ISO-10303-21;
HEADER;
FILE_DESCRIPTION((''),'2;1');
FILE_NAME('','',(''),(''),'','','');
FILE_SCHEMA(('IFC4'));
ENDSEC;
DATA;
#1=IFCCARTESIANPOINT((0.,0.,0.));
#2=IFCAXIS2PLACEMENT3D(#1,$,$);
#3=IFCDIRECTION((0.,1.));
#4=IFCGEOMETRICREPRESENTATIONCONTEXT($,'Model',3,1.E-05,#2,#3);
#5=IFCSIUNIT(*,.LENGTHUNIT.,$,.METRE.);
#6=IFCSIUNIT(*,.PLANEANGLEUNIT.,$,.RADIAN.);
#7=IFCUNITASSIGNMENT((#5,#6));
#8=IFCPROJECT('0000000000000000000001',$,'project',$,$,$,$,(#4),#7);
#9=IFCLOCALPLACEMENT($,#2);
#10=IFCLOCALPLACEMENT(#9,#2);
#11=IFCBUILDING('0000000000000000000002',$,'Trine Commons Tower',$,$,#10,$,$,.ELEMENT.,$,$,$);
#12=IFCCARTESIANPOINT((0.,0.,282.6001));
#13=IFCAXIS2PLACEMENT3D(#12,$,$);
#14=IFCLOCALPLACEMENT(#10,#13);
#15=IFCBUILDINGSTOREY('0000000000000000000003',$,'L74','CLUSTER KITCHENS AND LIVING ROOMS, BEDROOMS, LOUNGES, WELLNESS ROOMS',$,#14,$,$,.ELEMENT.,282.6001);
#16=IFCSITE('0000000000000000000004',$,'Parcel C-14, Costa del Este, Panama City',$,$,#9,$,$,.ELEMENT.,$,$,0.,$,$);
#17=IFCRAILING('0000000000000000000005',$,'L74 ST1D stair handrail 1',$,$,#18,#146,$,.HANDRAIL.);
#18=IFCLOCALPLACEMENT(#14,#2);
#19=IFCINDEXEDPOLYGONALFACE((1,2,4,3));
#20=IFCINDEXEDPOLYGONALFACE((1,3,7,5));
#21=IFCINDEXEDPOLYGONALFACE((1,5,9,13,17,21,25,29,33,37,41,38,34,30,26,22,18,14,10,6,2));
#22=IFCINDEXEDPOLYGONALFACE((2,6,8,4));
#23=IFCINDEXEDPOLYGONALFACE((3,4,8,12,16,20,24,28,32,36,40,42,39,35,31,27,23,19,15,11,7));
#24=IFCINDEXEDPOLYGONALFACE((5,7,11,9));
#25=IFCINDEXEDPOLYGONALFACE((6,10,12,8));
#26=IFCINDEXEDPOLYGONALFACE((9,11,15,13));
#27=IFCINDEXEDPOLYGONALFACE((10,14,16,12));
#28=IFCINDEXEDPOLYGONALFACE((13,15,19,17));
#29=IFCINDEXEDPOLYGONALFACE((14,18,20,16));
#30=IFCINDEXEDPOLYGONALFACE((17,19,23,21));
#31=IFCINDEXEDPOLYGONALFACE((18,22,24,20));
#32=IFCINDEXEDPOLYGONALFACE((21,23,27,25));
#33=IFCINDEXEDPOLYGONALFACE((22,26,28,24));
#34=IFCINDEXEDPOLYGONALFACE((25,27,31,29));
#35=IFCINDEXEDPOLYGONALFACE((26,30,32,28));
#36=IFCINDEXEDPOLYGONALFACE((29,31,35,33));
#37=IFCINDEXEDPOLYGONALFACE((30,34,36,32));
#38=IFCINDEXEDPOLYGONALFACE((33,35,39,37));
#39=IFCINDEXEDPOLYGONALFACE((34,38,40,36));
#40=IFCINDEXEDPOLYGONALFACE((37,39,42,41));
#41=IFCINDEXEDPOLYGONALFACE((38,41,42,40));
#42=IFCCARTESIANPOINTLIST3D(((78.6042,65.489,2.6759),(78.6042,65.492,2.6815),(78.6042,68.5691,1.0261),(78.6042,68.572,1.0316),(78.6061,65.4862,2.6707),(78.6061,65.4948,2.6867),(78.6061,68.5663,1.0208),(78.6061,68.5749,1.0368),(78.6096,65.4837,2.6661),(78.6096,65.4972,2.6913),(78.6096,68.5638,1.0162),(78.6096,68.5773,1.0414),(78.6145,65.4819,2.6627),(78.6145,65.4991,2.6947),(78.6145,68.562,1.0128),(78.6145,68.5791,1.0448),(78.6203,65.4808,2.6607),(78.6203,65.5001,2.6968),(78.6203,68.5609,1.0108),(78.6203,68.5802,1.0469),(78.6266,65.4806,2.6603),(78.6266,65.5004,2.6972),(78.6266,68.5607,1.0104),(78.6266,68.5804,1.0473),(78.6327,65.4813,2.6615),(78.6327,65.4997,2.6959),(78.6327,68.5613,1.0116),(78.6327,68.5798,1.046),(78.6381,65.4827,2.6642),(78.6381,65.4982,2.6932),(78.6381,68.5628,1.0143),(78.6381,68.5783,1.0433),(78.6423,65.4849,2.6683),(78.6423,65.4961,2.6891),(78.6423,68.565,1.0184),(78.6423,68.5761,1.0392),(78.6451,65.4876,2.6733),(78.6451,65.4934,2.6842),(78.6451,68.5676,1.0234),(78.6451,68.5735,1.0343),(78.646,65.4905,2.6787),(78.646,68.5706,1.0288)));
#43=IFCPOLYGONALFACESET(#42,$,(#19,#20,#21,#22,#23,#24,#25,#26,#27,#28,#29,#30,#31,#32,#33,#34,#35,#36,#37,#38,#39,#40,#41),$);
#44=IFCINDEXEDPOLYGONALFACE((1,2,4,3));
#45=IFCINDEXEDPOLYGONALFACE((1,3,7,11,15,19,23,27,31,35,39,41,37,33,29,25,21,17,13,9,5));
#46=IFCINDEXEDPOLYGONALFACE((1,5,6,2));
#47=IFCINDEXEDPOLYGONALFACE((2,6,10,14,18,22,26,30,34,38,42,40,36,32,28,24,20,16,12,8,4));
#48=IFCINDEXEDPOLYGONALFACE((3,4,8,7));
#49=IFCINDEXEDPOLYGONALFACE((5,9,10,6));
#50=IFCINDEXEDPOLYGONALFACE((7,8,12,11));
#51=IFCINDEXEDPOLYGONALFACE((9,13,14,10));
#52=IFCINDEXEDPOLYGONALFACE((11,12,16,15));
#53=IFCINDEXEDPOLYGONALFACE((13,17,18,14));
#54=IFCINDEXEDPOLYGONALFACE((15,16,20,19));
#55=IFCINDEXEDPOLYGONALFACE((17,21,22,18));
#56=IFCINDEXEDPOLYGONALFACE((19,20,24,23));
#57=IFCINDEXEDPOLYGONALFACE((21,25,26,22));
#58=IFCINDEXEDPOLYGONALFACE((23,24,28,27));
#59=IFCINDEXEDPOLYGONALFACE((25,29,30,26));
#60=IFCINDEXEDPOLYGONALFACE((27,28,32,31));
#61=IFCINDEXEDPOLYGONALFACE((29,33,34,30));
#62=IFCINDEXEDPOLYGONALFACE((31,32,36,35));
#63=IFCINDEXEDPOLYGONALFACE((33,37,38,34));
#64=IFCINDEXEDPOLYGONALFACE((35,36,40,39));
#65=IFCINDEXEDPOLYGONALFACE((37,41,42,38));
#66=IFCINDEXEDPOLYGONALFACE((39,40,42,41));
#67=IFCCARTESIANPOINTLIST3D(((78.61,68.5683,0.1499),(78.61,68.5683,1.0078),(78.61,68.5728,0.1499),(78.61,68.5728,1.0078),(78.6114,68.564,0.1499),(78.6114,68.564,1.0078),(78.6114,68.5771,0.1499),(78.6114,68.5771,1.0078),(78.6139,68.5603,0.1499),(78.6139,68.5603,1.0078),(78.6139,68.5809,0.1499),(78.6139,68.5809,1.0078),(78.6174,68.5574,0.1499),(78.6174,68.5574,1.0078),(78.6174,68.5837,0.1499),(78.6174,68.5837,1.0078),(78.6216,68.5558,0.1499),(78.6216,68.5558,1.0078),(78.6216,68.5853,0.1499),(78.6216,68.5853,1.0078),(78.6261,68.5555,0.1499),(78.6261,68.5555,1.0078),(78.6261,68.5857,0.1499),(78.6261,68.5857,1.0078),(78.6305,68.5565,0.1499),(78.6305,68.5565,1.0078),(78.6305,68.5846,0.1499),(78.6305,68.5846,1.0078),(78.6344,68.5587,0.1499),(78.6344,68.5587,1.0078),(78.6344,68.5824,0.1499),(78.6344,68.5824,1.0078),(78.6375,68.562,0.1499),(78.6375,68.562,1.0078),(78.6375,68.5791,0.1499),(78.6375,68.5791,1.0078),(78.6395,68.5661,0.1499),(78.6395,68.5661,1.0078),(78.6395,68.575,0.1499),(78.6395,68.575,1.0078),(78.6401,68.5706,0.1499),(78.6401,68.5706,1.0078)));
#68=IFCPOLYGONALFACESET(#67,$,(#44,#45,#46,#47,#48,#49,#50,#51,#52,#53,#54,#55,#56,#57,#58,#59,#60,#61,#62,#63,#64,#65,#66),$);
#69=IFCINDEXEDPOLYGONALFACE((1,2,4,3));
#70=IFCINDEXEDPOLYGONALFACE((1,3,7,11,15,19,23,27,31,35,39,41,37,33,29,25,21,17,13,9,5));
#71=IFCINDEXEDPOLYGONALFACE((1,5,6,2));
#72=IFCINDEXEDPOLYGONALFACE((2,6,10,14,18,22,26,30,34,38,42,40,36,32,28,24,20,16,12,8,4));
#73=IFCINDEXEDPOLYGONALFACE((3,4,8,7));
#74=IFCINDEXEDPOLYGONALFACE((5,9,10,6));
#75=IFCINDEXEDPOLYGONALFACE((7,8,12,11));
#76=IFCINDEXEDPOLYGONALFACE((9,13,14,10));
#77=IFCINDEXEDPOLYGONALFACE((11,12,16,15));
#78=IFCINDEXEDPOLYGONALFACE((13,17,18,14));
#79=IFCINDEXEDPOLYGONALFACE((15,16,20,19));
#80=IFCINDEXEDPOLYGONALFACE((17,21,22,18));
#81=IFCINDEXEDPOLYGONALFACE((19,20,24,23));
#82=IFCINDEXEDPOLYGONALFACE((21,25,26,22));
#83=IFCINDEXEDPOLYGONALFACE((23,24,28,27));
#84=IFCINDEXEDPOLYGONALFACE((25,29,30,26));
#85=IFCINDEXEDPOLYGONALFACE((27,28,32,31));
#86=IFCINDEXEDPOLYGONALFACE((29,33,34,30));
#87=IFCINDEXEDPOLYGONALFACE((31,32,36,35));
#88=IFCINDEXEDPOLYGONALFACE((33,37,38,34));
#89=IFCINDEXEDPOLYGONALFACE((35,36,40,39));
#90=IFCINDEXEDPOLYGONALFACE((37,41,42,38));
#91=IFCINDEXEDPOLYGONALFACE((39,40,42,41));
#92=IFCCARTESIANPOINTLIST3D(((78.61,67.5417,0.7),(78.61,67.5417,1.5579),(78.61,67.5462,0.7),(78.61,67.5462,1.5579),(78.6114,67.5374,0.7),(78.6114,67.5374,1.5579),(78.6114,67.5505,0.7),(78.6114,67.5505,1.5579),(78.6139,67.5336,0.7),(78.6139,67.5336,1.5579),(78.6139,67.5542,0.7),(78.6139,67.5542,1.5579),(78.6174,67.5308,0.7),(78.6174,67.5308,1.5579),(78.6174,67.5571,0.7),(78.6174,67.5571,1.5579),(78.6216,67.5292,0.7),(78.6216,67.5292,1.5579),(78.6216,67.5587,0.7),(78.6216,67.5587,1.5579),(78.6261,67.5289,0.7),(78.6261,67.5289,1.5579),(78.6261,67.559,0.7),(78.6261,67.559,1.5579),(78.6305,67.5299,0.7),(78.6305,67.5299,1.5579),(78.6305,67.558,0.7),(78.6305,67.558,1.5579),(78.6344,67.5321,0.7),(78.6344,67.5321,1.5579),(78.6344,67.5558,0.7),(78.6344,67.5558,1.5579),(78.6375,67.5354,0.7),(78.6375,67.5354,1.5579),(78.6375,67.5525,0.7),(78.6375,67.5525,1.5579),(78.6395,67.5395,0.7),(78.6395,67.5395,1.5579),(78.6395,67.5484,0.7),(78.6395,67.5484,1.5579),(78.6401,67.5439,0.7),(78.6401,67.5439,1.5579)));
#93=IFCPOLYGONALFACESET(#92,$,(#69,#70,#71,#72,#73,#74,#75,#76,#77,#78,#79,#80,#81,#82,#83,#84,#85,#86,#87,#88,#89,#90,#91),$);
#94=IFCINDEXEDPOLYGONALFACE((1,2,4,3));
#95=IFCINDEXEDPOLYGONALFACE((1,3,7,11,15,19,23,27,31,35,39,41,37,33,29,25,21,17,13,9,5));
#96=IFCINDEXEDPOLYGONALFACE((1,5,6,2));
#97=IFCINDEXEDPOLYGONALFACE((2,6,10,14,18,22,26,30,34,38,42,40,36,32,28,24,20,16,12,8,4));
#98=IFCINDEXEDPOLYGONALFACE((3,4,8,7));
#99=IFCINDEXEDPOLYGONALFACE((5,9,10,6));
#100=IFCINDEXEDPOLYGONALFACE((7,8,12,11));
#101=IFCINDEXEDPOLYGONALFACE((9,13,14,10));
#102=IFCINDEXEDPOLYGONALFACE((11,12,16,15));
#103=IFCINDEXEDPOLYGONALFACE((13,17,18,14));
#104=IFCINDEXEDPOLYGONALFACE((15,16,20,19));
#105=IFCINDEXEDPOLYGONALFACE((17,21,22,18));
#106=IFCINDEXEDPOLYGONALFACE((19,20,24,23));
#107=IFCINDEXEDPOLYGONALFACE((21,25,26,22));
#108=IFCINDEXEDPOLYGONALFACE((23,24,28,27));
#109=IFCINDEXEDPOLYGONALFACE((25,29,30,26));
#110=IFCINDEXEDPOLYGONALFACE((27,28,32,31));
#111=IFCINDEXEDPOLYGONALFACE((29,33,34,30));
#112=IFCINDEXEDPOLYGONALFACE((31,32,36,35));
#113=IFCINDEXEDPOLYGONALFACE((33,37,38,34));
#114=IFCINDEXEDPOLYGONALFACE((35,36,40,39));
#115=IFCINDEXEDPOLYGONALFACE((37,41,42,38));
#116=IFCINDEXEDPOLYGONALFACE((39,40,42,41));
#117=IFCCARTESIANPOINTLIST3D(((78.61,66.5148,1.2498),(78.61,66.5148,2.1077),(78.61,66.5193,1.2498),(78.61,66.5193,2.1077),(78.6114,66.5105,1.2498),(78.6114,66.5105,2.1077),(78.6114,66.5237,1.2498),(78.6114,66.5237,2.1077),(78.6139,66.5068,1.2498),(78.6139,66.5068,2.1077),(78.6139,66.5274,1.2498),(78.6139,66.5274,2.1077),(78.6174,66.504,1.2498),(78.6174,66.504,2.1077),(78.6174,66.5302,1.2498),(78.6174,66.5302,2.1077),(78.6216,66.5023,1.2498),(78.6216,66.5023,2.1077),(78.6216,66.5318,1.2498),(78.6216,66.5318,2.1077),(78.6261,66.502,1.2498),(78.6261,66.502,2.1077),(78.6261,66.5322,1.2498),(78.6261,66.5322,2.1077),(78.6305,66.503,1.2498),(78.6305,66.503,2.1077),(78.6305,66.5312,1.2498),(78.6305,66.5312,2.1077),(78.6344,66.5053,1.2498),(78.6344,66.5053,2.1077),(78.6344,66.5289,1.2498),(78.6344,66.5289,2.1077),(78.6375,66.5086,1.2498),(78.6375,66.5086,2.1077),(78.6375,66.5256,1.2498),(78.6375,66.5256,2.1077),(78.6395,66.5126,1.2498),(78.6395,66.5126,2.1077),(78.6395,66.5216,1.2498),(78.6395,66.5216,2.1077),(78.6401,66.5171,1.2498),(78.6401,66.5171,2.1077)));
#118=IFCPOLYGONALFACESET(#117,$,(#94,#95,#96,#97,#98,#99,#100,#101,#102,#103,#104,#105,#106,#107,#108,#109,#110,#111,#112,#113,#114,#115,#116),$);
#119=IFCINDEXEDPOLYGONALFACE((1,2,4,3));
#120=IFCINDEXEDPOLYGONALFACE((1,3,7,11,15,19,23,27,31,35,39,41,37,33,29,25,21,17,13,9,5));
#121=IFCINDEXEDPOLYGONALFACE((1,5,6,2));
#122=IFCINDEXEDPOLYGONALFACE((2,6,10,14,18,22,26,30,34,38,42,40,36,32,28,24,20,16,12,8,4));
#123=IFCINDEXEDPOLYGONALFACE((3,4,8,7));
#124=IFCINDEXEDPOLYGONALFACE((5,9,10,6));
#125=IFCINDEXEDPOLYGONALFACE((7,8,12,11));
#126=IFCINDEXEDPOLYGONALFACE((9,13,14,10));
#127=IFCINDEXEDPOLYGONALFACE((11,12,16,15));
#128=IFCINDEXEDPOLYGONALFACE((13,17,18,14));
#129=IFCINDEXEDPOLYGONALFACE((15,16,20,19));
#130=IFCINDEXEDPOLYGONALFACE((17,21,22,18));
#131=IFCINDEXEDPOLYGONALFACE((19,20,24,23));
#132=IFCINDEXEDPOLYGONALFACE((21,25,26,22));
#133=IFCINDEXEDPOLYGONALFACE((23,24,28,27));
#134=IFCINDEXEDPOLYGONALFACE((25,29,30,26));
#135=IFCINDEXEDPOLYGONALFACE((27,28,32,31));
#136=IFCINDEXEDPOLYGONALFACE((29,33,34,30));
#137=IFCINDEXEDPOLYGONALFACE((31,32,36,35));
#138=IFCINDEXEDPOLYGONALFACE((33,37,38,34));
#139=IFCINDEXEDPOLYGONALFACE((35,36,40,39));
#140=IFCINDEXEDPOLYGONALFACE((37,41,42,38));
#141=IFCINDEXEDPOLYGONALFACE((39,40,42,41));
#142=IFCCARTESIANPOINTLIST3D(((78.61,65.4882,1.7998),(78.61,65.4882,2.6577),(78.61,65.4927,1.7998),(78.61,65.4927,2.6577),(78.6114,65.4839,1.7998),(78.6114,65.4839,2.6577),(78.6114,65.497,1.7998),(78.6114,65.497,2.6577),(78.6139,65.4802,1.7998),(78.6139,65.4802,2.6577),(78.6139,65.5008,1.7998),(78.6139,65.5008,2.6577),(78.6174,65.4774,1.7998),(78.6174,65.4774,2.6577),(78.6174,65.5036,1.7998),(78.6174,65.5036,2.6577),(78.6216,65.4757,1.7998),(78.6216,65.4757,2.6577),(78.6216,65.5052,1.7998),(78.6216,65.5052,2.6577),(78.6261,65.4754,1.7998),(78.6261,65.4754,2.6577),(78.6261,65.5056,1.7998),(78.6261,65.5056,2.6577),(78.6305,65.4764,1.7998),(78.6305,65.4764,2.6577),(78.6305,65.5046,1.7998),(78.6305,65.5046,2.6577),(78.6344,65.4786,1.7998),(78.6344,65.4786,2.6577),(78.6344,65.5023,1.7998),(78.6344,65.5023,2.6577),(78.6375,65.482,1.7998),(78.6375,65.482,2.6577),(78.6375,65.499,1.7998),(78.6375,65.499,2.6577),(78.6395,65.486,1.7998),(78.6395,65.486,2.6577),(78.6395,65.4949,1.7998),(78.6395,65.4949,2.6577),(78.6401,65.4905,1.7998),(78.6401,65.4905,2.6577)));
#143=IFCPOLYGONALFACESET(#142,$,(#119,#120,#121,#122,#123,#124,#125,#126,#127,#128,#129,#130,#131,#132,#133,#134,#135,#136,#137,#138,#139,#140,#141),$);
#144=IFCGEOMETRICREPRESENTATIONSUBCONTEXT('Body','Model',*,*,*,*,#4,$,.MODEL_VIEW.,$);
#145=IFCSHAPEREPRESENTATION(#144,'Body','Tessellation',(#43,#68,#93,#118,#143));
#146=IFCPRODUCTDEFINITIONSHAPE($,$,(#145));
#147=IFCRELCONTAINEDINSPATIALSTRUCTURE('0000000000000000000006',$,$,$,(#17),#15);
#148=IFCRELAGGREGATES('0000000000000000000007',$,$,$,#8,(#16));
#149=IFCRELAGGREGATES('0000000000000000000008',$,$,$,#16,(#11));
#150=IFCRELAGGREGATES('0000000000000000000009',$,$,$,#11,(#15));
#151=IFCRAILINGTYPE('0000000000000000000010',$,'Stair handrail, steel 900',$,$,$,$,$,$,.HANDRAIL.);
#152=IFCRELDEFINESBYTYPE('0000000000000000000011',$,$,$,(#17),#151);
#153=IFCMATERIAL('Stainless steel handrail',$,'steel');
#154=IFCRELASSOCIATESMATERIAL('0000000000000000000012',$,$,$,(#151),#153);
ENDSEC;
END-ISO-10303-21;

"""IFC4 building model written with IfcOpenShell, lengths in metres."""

from ifc_helpers import new_model, si_unit, direction, frame, origin, origin_2d, place, context, subcontext, project, spatial, circle, extrude, material, type_object, element, save


model = new_model("IFC4")

# Units and contexts
model_context = context("Model", 3, precision=1e-05, world=origin(), true_north=direction((0.0, 1.0)))
body_context = subcontext(model_context, "Body", "Model", "MODEL_VIEW")
ifc_project = project(units=[si_unit("LENGTHUNIT", "METRE"), si_unit("PLANEANGLEUNIT", "RADIAN")], contexts=[model_context])

# Site, building, storey
site_placement = place(None, origin())
site = spatial("IfcSite", under=ifc_project, at=site_placement, Name="Parcel C-14, Costa del Este, Panama City", CompositionType="ELEMENT", RefElevation=0.0)
building_placement = place(site_placement, origin())
building = spatial("IfcBuilding", under=site, at=building_placement, Name="Trine Commons Tower", CompositionType="ELEMENT")
storey_placement = place(building_placement, frame((0.0, 0.0, 282.6001)))
storey = spatial("IfcBuildingStorey", under=building, at=storey_placement, Name="L74", Description="CLUSTER KITCHENS AND LIVING ROOMS, BEDROOMS, LOUNGES, WELLNESS ROOMS", CompositionType="ELEMENT", Elevation=282.6001)

# Railing
ifc_material_1 = material(Name="Stainless steel handrail", Category="steel")
railing_type = type_object("IfcRailingType", Name="Stair handrail, steel 900", PredefinedType="HANDRAIL", material=ifc_material_1)
railing_placement = place(storey_placement, frame((78.625, 68.5706, 0.1499)))
element("IfcRailing", 1, at=railing_placement, inside=storey, type_object=railing_type, Name="L74 ST1D stair handrail 1", PredefinedType="HANDRAIL", context=body_context, shape_type="SweptSolid", body=[
    extrude(circle(Radius=0.021, at=origin_2d()), frame((0.0, 0.0, 0.8789), z_axis=(0.0, -0.881497, 0.47219), x_axis=(1.0, 0.0, 0.0)), (0.0, 0.0, 1.0), 3.4941),
    extrude(circle(Radius=0.0151, at=origin_2d()), origin(), (0.0, 0.0, 1.0), 0.8579),
    extrude(circle(Radius=0.0151, at=origin_2d()), frame((0.0, -1.0266, 0.55)), (0.0, 0.0, 1.0), 0.8579),
    extrude(circle(Radius=0.0151, at=origin_2d()), frame((0.0, -2.0535, 1.0999)), (0.0, 0.0, 1.0), 0.8579),
    extrude(circle(Radius=0.0151, at=origin_2d()), frame((0.0, -3.0801, 1.6499)), (0.0, 0.0, 1.0), 0.8579),
])

save(model, "model.ifc")
